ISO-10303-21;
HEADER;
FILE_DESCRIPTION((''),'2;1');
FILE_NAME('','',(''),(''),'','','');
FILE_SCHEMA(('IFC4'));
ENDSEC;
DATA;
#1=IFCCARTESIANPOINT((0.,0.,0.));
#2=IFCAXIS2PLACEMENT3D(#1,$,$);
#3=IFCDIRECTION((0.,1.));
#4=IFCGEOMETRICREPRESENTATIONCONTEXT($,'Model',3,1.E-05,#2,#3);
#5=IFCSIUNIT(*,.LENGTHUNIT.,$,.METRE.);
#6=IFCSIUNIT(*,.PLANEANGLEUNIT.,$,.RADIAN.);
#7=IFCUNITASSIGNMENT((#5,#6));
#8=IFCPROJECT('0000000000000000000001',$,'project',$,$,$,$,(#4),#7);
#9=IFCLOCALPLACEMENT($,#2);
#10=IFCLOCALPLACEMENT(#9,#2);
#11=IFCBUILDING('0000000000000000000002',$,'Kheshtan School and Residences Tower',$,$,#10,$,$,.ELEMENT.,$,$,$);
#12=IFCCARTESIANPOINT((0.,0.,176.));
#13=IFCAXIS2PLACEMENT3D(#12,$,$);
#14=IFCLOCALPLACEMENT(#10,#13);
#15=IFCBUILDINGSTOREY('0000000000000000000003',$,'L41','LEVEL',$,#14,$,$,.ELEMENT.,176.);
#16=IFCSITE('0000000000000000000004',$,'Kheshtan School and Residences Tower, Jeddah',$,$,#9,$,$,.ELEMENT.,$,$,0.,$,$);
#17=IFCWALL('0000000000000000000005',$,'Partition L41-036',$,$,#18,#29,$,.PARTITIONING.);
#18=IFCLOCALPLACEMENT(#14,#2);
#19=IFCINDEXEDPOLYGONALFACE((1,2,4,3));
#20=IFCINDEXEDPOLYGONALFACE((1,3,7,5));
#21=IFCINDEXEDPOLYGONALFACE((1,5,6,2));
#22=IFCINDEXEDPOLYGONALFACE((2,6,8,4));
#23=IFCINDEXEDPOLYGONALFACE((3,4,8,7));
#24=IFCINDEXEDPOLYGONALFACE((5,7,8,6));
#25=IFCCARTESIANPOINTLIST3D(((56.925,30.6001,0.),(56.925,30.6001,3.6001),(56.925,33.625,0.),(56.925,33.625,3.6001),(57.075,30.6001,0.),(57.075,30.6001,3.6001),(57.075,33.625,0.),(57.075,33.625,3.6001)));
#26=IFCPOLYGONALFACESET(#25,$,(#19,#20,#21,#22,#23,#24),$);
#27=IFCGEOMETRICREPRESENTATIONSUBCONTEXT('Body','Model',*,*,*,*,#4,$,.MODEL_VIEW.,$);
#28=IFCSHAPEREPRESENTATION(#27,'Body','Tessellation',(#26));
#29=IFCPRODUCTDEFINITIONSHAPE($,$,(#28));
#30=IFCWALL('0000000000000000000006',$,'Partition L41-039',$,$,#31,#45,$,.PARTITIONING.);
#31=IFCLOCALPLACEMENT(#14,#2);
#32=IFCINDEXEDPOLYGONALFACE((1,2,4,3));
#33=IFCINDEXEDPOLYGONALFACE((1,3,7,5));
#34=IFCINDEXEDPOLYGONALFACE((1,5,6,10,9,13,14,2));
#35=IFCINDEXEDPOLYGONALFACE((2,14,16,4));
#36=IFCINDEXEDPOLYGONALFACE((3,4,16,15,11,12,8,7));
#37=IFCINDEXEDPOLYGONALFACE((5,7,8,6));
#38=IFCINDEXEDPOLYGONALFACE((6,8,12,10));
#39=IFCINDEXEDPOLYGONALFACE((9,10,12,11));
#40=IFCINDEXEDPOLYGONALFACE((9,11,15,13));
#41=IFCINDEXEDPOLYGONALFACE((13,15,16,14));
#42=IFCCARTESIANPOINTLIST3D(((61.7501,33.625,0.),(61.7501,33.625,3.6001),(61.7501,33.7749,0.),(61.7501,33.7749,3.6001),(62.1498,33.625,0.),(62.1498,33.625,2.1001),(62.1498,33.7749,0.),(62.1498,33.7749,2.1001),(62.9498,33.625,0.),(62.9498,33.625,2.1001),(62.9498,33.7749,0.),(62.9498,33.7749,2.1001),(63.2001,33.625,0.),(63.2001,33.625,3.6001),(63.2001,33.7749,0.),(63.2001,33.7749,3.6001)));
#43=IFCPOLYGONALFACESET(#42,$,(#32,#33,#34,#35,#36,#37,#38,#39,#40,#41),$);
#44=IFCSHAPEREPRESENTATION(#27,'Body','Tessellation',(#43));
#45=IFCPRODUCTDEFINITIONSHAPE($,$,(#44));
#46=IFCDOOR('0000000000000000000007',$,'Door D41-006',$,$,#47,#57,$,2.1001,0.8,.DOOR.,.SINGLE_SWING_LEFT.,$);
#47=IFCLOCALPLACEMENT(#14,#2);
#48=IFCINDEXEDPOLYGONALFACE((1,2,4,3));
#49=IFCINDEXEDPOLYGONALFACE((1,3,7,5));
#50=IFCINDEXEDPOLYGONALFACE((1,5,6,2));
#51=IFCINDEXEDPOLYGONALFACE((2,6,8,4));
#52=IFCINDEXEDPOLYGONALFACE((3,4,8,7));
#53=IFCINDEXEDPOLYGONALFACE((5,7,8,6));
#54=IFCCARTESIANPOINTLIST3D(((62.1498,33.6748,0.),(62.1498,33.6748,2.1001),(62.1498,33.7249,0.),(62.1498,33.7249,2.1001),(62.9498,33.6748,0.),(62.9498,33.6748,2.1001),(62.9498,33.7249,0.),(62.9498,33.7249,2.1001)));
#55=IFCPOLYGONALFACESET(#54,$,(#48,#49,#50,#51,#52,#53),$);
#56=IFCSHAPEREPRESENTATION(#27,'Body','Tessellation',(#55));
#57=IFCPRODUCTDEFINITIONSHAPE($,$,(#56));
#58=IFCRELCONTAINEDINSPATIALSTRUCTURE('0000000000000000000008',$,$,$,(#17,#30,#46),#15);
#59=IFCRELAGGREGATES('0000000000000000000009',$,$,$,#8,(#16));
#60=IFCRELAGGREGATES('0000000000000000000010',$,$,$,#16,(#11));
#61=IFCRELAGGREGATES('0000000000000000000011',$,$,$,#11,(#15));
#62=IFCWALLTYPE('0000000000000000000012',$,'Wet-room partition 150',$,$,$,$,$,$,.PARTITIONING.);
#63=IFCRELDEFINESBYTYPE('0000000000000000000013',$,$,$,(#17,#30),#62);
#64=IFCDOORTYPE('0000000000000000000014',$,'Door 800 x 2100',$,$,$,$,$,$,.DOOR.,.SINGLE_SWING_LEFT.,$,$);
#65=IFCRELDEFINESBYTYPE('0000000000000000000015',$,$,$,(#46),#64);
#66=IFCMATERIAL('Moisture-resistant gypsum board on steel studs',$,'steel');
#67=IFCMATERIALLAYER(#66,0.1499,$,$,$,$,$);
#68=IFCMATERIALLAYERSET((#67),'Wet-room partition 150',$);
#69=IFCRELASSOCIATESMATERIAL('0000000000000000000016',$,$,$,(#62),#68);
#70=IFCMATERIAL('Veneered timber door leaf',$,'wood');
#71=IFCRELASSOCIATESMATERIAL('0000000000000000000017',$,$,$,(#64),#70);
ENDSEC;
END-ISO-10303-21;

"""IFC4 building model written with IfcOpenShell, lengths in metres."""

from ifc_helpers import new_model, si_unit, direction, frame, frame_2d, origin, place, context, subcontext, project, spatial, rectangle, extrude, source, transform, mapped, material, layer, layer_set, type_object, element, fill, save


model = new_model("IFC4")

# Units and contexts
model_context = context("Model", 3, precision=1e-05, world=origin(), true_north=direction((0.0, 1.0)))
body_context = subcontext(model_context, "Body", "Model", "MODEL_VIEW")
ifc_project = project(units=[si_unit("LENGTHUNIT", "METRE"), si_unit("PLANEANGLEUNIT", "RADIAN")], contexts=[model_context])

# Site, building, storey
site_placement = place(None, origin())
site = spatial("IfcSite", under=ifc_project, at=site_placement, Name="Kheshtan School and Residences Tower, Jeddah", CompositionType="ELEMENT", RefElevation=0.0)
building_placement = place(site_placement, origin())
building = spatial("IfcBuilding", under=site, at=building_placement, Name="Kheshtan School and Residences Tower", CompositionType="ELEMENT")
storey_placement = place(building_placement, frame((0.0, 0.0, 176.0)))
storey = spatial("IfcBuildingStorey", under=building, at=storey_placement, Name="L41", Description="LEVEL", CompositionType="ELEMENT", Elevation=176.0)

# Wall
ifc_material_1 = material(Name="Moisture-resistant gypsum board on steel studs", Category="steel")
ifc_layer_1 = layer(ifc_material_1, 0.1499)
ifc_layer_set_1 = layer_set([ifc_layer_1], Name="Wet-room partition 150")
wall_type_1 = type_object("IfcWallType", Name="Wet-room partition 150", PredefinedType="PARTITIONING", material=ifc_layer_set_1)
for number, where, z_axis, x_axis, name in (
    (1, (57.0, 30.6001, 0.0), (0.0, 0.0, 1.0), (0.0, 1.0, 0.0), "Partition L41-036"),
):
    element("IfcWall", number, at=place(storey_placement, frame(where, z_axis=z_axis, x_axis=x_axis)), inside=storey, type_object=wall_type_1, Name=name, PredefinedType="PARTITIONING", context=body_context, shape_type="SweptSolid", body=[
        extrude(rectangle(XDim=3.0249, YDim=0.1499, at=frame_2d((1.5125, 0.0))), origin(), (0.0, 0.0, 1.0), 3.6001),
    ])

# Wall, opening, door
wall_1_placement = place(storey_placement, frame((61.75, 33.7, 0.0), z_axis=(0.0, 0.0, 1.0), x_axis=(1.0, 0.0, 0.0)))
wall_1 = element("IfcWall", 2, at=wall_1_placement, inside=storey, type_object=wall_type_1, Name="Partition L41-039", PredefinedType="PARTITIONING", context=body_context, shape_type="SweptSolid", body=[
    extrude(rectangle(XDim=1.45, YDim=0.1499, at=frame_2d((0.7251, 0.0))), origin(), (0.0, 0.0, 1.0), 3.6001),
])
opening_1_placement = place(wall_1_placement, frame((0.3999, 0.0, 0.0)))
opening_1 = element("IfcOpeningElement", 3, at=opening_1_placement, cuts=wall_1, PredefinedType="OPENING", context=body_context, shape_type="SweptSolid", body=[
    extrude(rectangle(XDim=0.8, YDim=2.1001, at=frame_2d((0.3999, 1.05))), frame((0.0, 0.085, 0.0), z_axis=(0.0, -1.0, 0.0), x_axis=(1.0, 0.0, 0.0)), (0.0, 0.0, 1.0), 0.1699),
])
ifc_material_2 = material(Name="Veneered timber door leaf", Category="wood")
door_type_1 = type_object("IfcDoorType", Name="Door 800 x 2100", OperationType="SINGLE_SWING_LEFT", PredefinedType="DOOR", material=ifc_material_2)
shared_shape_1 = source(origin(), body_context, "Body", "SweptSolid", [
    extrude(rectangle(XDim=0.8, YDim=2.1001, at=frame_2d((0.3999, 1.05))), frame((0.0, 0.0249, 0.0), z_axis=(0.0, -1.0, 0.0), x_axis=(1.0, 0.0, 0.0)), (0.0, 0.0, 1.0), 0.05),
])
door_1_placement = place(opening_1_placement, origin())
door_1 = element("IfcDoor", 4, at=door_1_placement, inside=storey, type_object=door_type_1, Name="Door D41-006", OperationType="SINGLE_SWING_LEFT", OverallHeight=2.1001, OverallWidth=0.8, PredefinedType="DOOR", context=body_context, shape_type="MappedRepresentation", body=[
    mapped(shared_shape_1, transform((0.0, 0.0, 0.0), x_axis=(1.0, 0.0, 0.0), y_axis=(0.0, 1.0, 0.0), z_axis=(0.0, 0.0, 1.0), scale=1.0)),
])
fill(opening_1, door_1)

save(model, "model.ifc")
